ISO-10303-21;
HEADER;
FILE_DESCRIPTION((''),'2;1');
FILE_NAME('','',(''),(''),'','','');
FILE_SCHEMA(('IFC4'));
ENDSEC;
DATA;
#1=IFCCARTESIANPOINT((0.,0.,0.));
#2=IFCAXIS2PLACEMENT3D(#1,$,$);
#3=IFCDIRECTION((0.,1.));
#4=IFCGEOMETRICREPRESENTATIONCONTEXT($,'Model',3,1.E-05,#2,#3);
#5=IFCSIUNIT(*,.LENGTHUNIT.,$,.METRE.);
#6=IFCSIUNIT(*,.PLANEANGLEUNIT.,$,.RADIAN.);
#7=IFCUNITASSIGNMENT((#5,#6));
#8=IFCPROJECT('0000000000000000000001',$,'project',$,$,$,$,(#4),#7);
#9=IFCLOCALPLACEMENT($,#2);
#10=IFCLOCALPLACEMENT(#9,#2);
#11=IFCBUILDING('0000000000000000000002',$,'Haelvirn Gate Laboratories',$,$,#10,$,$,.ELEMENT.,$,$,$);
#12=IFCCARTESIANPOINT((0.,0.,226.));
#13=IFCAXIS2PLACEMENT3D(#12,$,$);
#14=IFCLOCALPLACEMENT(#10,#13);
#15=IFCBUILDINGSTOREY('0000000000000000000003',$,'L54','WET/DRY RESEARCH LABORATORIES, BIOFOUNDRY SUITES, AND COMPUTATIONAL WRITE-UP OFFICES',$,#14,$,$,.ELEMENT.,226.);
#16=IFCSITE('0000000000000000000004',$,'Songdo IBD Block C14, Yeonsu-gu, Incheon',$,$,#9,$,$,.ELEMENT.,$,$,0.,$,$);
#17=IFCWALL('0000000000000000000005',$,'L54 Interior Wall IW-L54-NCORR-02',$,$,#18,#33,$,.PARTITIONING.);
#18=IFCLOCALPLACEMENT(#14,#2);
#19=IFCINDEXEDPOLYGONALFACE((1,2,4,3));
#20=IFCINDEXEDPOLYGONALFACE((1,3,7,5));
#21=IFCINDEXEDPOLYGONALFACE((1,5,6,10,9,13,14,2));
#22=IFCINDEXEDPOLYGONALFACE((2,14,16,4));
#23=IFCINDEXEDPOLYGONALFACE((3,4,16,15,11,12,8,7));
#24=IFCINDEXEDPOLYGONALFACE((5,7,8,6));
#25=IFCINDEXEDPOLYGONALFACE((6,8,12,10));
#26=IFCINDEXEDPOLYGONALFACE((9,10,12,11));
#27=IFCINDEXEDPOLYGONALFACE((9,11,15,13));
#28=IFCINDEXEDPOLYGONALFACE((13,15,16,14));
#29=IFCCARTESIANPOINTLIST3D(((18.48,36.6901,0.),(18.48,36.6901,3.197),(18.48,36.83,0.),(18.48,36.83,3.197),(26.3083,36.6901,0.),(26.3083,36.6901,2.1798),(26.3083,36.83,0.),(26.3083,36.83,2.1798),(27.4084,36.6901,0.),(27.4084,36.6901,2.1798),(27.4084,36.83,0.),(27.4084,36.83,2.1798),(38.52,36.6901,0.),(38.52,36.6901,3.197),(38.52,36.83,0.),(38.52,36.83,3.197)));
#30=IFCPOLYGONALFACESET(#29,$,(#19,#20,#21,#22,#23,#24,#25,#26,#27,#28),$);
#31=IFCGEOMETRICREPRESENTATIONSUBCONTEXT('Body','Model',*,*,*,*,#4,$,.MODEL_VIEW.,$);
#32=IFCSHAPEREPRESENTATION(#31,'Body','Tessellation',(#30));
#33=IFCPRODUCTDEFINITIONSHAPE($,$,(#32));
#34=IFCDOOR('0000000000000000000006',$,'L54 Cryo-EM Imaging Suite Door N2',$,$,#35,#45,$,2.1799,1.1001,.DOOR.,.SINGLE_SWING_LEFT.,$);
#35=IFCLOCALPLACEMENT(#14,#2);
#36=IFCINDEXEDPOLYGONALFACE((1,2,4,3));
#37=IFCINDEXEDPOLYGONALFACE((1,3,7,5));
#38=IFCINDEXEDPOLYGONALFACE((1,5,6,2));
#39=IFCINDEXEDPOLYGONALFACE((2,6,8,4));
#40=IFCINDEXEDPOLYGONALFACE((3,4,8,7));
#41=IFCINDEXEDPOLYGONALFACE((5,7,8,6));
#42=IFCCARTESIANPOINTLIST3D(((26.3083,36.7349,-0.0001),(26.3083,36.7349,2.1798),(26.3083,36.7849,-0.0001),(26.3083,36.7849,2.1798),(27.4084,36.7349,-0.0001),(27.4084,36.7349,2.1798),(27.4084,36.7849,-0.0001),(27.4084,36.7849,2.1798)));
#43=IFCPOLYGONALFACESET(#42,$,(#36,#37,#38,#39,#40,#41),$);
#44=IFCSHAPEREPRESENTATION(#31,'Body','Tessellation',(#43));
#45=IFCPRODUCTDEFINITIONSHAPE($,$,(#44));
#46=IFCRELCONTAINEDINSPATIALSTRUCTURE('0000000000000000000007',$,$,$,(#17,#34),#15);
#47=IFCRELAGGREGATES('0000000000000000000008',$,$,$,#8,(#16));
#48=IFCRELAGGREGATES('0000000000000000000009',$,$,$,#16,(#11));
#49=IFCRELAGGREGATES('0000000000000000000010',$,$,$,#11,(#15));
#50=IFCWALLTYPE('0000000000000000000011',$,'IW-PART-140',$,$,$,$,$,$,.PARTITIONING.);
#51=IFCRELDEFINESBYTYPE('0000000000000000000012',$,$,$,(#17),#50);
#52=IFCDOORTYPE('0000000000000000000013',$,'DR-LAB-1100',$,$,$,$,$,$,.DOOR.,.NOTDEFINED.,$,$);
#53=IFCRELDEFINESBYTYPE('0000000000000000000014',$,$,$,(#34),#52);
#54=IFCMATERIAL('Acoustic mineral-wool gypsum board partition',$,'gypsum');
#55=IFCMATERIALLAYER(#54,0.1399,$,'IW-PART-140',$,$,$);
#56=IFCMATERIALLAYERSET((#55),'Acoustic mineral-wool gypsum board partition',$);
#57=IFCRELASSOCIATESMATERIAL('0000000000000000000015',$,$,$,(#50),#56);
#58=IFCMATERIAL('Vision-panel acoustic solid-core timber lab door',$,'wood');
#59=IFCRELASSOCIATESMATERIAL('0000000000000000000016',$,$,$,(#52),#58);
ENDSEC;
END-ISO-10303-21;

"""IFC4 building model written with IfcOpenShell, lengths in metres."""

from ifc_helpers import new_model, si_unit, direction, frame, frame_2d, origin, place, context, subcontext, project, spatial, rectangle, extrude, source, transform, mapped, material, layer, layer_set, type_object, type_shapes, element, fill, save


model = new_model("IFC4")

# Units and contexts
model_context = context("Model", 3, precision=1e-05, world=origin(), true_north=direction((0.0, 1.0)))
body_context = subcontext(model_context, "Body", "Model", "MODEL_VIEW")
ifc_project = project(units=[si_unit("LENGTHUNIT", "METRE"), si_unit("PLANEANGLEUNIT", "RADIAN")], contexts=[model_context])

# Site, building, storey
site_placement = place(None, origin())
site = spatial("IfcSite", under=ifc_project, at=site_placement, Name="Songdo IBD Block C14, Yeonsu-gu, Incheon", CompositionType="ELEMENT", RefElevation=0.0)
building_placement = place(site_placement, origin())
building = spatial("IfcBuilding", under=site, at=building_placement, Name="Haelvirn Gate Laboratories", CompositionType="ELEMENT")
storey_placement = place(building_placement, frame((0.0, 0.0, 226.0)))
storey = spatial("IfcBuildingStorey", under=building, at=storey_placement, Name="L54", Description="WET/DRY RESEARCH LABORATORIES, BIOFOUNDRY SUITES, AND COMPUTATIONAL WRITE-UP OFFICES", CompositionType="ELEMENT", Elevation=226.0)

# Wall, opening, door
ifc_material_1 = material(Name="Acoustic mineral-wool gypsum board partition", Category="gypsum")
ifc_layer_1 = layer(ifc_material_1, 0.1399, Name="IW-PART-140")
ifc_layer_set_1 = layer_set([ifc_layer_1], Name="Acoustic mineral-wool gypsum board partition")
wall_type_1 = type_object("IfcWallType", Name="IW-PART-140", PredefinedType="PARTITIONING", material=ifc_layer_set_1)
wall_1_placement = place(storey_placement, frame((18.48, 36.76, 0.0), z_axis=(0.0, 0.0, 1.0), x_axis=(1.0, 0.0, 0.0)))
wall_1 = element("IfcWall", 1, at=wall_1_placement, inside=storey, type_object=wall_type_1, Name="L54 Interior Wall IW-L54-NCORR-02", PredefinedType="PARTITIONING", context=body_context, shape_type="SweptSolid", body=[
    extrude(rectangle(XDim=20.04, YDim=0.1399, at=frame_2d((10.02, 0.0))), origin(), (0.0, 0.0, 1.0), 3.197),
])
opening_placement = place(wall_1_placement, frame((7.8284, 0.0, 0.0)))
opening = element("IfcOpeningElement", 2, at=opening_placement, cuts=wall_1, PredefinedType="OPENING", context=body_context, shape_type="SweptSolid", body=[
    extrude(rectangle(XDim=1.1001, YDim=2.1799, at=frame_2d((0.55, 1.0898))), frame((0.0, 0.0801, 0.0), z_axis=(0.0, -1.0, 0.0), x_axis=(1.0, 0.0, 0.0)), (0.0, 0.0, 1.0), 0.1599),
])
ifc_material_2 = material(Name="Vision-panel acoustic solid-core timber lab door", Category="wood")
door_type = type_object("IfcDoorType", Name="DR-LAB-1100", OperationType="NOTDEFINED", PredefinedType="DOOR", material=ifc_material_2)
shared_shape_1 = source(origin(), body_context, "Body", "SweptSolid", [
    extrude(rectangle(XDim=1.1001, YDim=2.1799, at=frame_2d((0.55, 1.0898))), frame((0.0, 0.0249, 0.0), z_axis=(0.0, -1.0, 0.0), x_axis=(1.0, 0.0, 0.0)), (0.0, 0.0, 1.0), 0.05),
])
type_shapes(door_type, [shared_shape_1])
door_placement = place(opening_placement, origin())
door = element("IfcDoor", 3, at=door_placement, inside=storey, type_object=door_type, Name="L54 Cryo-EM Imaging Suite Door N2", OperationType="SINGLE_SWING_LEFT", OverallHeight=2.1799, OverallWidth=1.1001, PredefinedType="DOOR", context=body_context, shape_type="MappedRepresentation", body=[
    mapped(shared_shape_1, transform((0.0, 0.0, 0.0), scale=1.0)),
])
fill(opening, door)

save(model, "model.ifc")
